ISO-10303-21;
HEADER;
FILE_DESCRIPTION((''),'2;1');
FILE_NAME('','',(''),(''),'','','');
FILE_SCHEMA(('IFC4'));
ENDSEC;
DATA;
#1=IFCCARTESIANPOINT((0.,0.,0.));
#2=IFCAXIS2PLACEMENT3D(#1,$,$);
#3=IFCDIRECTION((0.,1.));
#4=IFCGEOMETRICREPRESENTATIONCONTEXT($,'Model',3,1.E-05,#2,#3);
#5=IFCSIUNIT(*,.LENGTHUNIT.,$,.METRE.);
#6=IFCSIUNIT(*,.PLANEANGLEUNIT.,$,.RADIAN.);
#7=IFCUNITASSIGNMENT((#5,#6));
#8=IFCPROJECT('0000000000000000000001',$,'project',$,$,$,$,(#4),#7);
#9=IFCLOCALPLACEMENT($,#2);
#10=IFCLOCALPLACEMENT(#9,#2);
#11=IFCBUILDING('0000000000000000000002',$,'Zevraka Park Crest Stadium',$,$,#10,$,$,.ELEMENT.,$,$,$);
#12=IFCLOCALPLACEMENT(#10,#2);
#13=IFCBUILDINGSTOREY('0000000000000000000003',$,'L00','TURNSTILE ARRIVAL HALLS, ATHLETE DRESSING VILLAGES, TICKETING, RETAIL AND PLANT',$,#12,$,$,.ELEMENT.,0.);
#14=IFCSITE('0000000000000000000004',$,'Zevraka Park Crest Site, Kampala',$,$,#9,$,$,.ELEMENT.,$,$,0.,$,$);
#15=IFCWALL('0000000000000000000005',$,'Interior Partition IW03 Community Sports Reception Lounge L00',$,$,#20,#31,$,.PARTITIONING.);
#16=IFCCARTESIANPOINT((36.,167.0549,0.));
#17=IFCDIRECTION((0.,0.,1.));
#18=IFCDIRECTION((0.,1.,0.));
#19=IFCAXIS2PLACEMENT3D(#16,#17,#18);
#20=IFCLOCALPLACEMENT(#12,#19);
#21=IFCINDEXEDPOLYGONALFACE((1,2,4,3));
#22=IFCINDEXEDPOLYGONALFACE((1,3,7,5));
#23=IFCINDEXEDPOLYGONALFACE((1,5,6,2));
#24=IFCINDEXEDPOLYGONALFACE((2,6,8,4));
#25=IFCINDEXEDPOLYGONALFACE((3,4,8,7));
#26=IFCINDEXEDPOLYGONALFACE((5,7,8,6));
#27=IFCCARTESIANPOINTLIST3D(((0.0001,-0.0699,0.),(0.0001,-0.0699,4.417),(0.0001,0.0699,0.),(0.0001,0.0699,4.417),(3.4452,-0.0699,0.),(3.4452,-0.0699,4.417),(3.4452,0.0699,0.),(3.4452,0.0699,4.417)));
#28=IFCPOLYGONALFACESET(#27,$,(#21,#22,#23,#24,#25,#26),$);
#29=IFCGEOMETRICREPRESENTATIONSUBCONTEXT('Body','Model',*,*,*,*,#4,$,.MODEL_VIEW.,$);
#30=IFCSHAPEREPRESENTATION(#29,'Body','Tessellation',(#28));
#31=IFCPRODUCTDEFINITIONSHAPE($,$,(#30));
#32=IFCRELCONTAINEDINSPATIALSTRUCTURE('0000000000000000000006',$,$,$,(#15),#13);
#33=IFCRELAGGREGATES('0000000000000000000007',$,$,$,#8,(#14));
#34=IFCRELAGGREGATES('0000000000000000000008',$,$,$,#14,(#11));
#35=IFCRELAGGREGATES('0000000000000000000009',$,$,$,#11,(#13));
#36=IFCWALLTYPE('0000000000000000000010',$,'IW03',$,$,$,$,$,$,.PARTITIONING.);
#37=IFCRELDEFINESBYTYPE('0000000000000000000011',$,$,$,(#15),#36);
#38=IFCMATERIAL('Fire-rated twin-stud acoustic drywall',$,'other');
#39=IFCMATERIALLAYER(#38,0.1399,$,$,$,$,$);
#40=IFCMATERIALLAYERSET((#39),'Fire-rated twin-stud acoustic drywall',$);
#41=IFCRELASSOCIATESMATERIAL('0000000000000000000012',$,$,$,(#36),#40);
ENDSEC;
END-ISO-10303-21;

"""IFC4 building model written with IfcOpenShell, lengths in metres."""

from ifc_helpers import new_model, si_unit, direction, frame, frame_2d, origin, place, context, subcontext, project, spatial, rectangle, extrude, material, layer, layer_set, type_object, element, save


model = new_model("IFC4")

# Units and contexts
model_context = context("Model", 3, precision=1e-05, world=origin(), true_north=direction((0.0, 1.0)))
body_context = subcontext(model_context, "Body", "Model", "MODEL_VIEW")
ifc_project = project(units=[si_unit("LENGTHUNIT", "METRE"), si_unit("PLANEANGLEUNIT", "RADIAN")], contexts=[model_context])

# Site, building, storey
site_placement = place(None, origin())
site = spatial("IfcSite", under=ifc_project, at=site_placement, Name="Zevraka Park Crest Site, Kampala", CompositionType="ELEMENT", RefElevation=0.0)
building_placement = place(site_placement, origin())
building = spatial("IfcBuilding", under=site, at=building_placement, Name="Zevraka Park Crest Stadium", CompositionType="ELEMENT")
storey_placement = place(building_placement, origin())
storey = spatial("IfcBuildingStorey", under=building, at=storey_placement, Name="L00", Description="TURNSTILE ARRIVAL HALLS, ATHLETE DRESSING VILLAGES, TICKETING, RETAIL AND PLANT", CompositionType="ELEMENT", Elevation=0.0)

# Shared definitions
ifc_material_1 = material(Name="Fire-rated twin-stud acoustic drywall", Category="other")
ifc_layer = layer(ifc_material_1, 0.1399)
ifc_layer_set = layer_set([ifc_layer], Name="Fire-rated twin-stud acoustic drywall")
wall_type = type_object("IfcWallType", Name="IW03", PredefinedType="PARTITIONING", material=ifc_layer_set)

# Wall
wall_1_placement = place(storey_placement, frame((36.0, 167.0549, 0.0), z_axis=(0.0, 0.0, 1.0), x_axis=(0.0, 1.0, 0.0)))
element("IfcWall", 1, at=wall_1_placement, inside=storey, type_object=wall_type, Name="Interior Partition IW03 Community Sports Reception Lounge L00", PredefinedType="PARTITIONING", context=body_context, shape_type="SweptSolid", body=[
    extrude(rectangle(XDim=3.4451, YDim=0.1399, at=frame_2d((1.7227, 0.0))), origin(), (0.0, 0.0, 1.0), 4.417),
])

save(model, "model.ifc")
